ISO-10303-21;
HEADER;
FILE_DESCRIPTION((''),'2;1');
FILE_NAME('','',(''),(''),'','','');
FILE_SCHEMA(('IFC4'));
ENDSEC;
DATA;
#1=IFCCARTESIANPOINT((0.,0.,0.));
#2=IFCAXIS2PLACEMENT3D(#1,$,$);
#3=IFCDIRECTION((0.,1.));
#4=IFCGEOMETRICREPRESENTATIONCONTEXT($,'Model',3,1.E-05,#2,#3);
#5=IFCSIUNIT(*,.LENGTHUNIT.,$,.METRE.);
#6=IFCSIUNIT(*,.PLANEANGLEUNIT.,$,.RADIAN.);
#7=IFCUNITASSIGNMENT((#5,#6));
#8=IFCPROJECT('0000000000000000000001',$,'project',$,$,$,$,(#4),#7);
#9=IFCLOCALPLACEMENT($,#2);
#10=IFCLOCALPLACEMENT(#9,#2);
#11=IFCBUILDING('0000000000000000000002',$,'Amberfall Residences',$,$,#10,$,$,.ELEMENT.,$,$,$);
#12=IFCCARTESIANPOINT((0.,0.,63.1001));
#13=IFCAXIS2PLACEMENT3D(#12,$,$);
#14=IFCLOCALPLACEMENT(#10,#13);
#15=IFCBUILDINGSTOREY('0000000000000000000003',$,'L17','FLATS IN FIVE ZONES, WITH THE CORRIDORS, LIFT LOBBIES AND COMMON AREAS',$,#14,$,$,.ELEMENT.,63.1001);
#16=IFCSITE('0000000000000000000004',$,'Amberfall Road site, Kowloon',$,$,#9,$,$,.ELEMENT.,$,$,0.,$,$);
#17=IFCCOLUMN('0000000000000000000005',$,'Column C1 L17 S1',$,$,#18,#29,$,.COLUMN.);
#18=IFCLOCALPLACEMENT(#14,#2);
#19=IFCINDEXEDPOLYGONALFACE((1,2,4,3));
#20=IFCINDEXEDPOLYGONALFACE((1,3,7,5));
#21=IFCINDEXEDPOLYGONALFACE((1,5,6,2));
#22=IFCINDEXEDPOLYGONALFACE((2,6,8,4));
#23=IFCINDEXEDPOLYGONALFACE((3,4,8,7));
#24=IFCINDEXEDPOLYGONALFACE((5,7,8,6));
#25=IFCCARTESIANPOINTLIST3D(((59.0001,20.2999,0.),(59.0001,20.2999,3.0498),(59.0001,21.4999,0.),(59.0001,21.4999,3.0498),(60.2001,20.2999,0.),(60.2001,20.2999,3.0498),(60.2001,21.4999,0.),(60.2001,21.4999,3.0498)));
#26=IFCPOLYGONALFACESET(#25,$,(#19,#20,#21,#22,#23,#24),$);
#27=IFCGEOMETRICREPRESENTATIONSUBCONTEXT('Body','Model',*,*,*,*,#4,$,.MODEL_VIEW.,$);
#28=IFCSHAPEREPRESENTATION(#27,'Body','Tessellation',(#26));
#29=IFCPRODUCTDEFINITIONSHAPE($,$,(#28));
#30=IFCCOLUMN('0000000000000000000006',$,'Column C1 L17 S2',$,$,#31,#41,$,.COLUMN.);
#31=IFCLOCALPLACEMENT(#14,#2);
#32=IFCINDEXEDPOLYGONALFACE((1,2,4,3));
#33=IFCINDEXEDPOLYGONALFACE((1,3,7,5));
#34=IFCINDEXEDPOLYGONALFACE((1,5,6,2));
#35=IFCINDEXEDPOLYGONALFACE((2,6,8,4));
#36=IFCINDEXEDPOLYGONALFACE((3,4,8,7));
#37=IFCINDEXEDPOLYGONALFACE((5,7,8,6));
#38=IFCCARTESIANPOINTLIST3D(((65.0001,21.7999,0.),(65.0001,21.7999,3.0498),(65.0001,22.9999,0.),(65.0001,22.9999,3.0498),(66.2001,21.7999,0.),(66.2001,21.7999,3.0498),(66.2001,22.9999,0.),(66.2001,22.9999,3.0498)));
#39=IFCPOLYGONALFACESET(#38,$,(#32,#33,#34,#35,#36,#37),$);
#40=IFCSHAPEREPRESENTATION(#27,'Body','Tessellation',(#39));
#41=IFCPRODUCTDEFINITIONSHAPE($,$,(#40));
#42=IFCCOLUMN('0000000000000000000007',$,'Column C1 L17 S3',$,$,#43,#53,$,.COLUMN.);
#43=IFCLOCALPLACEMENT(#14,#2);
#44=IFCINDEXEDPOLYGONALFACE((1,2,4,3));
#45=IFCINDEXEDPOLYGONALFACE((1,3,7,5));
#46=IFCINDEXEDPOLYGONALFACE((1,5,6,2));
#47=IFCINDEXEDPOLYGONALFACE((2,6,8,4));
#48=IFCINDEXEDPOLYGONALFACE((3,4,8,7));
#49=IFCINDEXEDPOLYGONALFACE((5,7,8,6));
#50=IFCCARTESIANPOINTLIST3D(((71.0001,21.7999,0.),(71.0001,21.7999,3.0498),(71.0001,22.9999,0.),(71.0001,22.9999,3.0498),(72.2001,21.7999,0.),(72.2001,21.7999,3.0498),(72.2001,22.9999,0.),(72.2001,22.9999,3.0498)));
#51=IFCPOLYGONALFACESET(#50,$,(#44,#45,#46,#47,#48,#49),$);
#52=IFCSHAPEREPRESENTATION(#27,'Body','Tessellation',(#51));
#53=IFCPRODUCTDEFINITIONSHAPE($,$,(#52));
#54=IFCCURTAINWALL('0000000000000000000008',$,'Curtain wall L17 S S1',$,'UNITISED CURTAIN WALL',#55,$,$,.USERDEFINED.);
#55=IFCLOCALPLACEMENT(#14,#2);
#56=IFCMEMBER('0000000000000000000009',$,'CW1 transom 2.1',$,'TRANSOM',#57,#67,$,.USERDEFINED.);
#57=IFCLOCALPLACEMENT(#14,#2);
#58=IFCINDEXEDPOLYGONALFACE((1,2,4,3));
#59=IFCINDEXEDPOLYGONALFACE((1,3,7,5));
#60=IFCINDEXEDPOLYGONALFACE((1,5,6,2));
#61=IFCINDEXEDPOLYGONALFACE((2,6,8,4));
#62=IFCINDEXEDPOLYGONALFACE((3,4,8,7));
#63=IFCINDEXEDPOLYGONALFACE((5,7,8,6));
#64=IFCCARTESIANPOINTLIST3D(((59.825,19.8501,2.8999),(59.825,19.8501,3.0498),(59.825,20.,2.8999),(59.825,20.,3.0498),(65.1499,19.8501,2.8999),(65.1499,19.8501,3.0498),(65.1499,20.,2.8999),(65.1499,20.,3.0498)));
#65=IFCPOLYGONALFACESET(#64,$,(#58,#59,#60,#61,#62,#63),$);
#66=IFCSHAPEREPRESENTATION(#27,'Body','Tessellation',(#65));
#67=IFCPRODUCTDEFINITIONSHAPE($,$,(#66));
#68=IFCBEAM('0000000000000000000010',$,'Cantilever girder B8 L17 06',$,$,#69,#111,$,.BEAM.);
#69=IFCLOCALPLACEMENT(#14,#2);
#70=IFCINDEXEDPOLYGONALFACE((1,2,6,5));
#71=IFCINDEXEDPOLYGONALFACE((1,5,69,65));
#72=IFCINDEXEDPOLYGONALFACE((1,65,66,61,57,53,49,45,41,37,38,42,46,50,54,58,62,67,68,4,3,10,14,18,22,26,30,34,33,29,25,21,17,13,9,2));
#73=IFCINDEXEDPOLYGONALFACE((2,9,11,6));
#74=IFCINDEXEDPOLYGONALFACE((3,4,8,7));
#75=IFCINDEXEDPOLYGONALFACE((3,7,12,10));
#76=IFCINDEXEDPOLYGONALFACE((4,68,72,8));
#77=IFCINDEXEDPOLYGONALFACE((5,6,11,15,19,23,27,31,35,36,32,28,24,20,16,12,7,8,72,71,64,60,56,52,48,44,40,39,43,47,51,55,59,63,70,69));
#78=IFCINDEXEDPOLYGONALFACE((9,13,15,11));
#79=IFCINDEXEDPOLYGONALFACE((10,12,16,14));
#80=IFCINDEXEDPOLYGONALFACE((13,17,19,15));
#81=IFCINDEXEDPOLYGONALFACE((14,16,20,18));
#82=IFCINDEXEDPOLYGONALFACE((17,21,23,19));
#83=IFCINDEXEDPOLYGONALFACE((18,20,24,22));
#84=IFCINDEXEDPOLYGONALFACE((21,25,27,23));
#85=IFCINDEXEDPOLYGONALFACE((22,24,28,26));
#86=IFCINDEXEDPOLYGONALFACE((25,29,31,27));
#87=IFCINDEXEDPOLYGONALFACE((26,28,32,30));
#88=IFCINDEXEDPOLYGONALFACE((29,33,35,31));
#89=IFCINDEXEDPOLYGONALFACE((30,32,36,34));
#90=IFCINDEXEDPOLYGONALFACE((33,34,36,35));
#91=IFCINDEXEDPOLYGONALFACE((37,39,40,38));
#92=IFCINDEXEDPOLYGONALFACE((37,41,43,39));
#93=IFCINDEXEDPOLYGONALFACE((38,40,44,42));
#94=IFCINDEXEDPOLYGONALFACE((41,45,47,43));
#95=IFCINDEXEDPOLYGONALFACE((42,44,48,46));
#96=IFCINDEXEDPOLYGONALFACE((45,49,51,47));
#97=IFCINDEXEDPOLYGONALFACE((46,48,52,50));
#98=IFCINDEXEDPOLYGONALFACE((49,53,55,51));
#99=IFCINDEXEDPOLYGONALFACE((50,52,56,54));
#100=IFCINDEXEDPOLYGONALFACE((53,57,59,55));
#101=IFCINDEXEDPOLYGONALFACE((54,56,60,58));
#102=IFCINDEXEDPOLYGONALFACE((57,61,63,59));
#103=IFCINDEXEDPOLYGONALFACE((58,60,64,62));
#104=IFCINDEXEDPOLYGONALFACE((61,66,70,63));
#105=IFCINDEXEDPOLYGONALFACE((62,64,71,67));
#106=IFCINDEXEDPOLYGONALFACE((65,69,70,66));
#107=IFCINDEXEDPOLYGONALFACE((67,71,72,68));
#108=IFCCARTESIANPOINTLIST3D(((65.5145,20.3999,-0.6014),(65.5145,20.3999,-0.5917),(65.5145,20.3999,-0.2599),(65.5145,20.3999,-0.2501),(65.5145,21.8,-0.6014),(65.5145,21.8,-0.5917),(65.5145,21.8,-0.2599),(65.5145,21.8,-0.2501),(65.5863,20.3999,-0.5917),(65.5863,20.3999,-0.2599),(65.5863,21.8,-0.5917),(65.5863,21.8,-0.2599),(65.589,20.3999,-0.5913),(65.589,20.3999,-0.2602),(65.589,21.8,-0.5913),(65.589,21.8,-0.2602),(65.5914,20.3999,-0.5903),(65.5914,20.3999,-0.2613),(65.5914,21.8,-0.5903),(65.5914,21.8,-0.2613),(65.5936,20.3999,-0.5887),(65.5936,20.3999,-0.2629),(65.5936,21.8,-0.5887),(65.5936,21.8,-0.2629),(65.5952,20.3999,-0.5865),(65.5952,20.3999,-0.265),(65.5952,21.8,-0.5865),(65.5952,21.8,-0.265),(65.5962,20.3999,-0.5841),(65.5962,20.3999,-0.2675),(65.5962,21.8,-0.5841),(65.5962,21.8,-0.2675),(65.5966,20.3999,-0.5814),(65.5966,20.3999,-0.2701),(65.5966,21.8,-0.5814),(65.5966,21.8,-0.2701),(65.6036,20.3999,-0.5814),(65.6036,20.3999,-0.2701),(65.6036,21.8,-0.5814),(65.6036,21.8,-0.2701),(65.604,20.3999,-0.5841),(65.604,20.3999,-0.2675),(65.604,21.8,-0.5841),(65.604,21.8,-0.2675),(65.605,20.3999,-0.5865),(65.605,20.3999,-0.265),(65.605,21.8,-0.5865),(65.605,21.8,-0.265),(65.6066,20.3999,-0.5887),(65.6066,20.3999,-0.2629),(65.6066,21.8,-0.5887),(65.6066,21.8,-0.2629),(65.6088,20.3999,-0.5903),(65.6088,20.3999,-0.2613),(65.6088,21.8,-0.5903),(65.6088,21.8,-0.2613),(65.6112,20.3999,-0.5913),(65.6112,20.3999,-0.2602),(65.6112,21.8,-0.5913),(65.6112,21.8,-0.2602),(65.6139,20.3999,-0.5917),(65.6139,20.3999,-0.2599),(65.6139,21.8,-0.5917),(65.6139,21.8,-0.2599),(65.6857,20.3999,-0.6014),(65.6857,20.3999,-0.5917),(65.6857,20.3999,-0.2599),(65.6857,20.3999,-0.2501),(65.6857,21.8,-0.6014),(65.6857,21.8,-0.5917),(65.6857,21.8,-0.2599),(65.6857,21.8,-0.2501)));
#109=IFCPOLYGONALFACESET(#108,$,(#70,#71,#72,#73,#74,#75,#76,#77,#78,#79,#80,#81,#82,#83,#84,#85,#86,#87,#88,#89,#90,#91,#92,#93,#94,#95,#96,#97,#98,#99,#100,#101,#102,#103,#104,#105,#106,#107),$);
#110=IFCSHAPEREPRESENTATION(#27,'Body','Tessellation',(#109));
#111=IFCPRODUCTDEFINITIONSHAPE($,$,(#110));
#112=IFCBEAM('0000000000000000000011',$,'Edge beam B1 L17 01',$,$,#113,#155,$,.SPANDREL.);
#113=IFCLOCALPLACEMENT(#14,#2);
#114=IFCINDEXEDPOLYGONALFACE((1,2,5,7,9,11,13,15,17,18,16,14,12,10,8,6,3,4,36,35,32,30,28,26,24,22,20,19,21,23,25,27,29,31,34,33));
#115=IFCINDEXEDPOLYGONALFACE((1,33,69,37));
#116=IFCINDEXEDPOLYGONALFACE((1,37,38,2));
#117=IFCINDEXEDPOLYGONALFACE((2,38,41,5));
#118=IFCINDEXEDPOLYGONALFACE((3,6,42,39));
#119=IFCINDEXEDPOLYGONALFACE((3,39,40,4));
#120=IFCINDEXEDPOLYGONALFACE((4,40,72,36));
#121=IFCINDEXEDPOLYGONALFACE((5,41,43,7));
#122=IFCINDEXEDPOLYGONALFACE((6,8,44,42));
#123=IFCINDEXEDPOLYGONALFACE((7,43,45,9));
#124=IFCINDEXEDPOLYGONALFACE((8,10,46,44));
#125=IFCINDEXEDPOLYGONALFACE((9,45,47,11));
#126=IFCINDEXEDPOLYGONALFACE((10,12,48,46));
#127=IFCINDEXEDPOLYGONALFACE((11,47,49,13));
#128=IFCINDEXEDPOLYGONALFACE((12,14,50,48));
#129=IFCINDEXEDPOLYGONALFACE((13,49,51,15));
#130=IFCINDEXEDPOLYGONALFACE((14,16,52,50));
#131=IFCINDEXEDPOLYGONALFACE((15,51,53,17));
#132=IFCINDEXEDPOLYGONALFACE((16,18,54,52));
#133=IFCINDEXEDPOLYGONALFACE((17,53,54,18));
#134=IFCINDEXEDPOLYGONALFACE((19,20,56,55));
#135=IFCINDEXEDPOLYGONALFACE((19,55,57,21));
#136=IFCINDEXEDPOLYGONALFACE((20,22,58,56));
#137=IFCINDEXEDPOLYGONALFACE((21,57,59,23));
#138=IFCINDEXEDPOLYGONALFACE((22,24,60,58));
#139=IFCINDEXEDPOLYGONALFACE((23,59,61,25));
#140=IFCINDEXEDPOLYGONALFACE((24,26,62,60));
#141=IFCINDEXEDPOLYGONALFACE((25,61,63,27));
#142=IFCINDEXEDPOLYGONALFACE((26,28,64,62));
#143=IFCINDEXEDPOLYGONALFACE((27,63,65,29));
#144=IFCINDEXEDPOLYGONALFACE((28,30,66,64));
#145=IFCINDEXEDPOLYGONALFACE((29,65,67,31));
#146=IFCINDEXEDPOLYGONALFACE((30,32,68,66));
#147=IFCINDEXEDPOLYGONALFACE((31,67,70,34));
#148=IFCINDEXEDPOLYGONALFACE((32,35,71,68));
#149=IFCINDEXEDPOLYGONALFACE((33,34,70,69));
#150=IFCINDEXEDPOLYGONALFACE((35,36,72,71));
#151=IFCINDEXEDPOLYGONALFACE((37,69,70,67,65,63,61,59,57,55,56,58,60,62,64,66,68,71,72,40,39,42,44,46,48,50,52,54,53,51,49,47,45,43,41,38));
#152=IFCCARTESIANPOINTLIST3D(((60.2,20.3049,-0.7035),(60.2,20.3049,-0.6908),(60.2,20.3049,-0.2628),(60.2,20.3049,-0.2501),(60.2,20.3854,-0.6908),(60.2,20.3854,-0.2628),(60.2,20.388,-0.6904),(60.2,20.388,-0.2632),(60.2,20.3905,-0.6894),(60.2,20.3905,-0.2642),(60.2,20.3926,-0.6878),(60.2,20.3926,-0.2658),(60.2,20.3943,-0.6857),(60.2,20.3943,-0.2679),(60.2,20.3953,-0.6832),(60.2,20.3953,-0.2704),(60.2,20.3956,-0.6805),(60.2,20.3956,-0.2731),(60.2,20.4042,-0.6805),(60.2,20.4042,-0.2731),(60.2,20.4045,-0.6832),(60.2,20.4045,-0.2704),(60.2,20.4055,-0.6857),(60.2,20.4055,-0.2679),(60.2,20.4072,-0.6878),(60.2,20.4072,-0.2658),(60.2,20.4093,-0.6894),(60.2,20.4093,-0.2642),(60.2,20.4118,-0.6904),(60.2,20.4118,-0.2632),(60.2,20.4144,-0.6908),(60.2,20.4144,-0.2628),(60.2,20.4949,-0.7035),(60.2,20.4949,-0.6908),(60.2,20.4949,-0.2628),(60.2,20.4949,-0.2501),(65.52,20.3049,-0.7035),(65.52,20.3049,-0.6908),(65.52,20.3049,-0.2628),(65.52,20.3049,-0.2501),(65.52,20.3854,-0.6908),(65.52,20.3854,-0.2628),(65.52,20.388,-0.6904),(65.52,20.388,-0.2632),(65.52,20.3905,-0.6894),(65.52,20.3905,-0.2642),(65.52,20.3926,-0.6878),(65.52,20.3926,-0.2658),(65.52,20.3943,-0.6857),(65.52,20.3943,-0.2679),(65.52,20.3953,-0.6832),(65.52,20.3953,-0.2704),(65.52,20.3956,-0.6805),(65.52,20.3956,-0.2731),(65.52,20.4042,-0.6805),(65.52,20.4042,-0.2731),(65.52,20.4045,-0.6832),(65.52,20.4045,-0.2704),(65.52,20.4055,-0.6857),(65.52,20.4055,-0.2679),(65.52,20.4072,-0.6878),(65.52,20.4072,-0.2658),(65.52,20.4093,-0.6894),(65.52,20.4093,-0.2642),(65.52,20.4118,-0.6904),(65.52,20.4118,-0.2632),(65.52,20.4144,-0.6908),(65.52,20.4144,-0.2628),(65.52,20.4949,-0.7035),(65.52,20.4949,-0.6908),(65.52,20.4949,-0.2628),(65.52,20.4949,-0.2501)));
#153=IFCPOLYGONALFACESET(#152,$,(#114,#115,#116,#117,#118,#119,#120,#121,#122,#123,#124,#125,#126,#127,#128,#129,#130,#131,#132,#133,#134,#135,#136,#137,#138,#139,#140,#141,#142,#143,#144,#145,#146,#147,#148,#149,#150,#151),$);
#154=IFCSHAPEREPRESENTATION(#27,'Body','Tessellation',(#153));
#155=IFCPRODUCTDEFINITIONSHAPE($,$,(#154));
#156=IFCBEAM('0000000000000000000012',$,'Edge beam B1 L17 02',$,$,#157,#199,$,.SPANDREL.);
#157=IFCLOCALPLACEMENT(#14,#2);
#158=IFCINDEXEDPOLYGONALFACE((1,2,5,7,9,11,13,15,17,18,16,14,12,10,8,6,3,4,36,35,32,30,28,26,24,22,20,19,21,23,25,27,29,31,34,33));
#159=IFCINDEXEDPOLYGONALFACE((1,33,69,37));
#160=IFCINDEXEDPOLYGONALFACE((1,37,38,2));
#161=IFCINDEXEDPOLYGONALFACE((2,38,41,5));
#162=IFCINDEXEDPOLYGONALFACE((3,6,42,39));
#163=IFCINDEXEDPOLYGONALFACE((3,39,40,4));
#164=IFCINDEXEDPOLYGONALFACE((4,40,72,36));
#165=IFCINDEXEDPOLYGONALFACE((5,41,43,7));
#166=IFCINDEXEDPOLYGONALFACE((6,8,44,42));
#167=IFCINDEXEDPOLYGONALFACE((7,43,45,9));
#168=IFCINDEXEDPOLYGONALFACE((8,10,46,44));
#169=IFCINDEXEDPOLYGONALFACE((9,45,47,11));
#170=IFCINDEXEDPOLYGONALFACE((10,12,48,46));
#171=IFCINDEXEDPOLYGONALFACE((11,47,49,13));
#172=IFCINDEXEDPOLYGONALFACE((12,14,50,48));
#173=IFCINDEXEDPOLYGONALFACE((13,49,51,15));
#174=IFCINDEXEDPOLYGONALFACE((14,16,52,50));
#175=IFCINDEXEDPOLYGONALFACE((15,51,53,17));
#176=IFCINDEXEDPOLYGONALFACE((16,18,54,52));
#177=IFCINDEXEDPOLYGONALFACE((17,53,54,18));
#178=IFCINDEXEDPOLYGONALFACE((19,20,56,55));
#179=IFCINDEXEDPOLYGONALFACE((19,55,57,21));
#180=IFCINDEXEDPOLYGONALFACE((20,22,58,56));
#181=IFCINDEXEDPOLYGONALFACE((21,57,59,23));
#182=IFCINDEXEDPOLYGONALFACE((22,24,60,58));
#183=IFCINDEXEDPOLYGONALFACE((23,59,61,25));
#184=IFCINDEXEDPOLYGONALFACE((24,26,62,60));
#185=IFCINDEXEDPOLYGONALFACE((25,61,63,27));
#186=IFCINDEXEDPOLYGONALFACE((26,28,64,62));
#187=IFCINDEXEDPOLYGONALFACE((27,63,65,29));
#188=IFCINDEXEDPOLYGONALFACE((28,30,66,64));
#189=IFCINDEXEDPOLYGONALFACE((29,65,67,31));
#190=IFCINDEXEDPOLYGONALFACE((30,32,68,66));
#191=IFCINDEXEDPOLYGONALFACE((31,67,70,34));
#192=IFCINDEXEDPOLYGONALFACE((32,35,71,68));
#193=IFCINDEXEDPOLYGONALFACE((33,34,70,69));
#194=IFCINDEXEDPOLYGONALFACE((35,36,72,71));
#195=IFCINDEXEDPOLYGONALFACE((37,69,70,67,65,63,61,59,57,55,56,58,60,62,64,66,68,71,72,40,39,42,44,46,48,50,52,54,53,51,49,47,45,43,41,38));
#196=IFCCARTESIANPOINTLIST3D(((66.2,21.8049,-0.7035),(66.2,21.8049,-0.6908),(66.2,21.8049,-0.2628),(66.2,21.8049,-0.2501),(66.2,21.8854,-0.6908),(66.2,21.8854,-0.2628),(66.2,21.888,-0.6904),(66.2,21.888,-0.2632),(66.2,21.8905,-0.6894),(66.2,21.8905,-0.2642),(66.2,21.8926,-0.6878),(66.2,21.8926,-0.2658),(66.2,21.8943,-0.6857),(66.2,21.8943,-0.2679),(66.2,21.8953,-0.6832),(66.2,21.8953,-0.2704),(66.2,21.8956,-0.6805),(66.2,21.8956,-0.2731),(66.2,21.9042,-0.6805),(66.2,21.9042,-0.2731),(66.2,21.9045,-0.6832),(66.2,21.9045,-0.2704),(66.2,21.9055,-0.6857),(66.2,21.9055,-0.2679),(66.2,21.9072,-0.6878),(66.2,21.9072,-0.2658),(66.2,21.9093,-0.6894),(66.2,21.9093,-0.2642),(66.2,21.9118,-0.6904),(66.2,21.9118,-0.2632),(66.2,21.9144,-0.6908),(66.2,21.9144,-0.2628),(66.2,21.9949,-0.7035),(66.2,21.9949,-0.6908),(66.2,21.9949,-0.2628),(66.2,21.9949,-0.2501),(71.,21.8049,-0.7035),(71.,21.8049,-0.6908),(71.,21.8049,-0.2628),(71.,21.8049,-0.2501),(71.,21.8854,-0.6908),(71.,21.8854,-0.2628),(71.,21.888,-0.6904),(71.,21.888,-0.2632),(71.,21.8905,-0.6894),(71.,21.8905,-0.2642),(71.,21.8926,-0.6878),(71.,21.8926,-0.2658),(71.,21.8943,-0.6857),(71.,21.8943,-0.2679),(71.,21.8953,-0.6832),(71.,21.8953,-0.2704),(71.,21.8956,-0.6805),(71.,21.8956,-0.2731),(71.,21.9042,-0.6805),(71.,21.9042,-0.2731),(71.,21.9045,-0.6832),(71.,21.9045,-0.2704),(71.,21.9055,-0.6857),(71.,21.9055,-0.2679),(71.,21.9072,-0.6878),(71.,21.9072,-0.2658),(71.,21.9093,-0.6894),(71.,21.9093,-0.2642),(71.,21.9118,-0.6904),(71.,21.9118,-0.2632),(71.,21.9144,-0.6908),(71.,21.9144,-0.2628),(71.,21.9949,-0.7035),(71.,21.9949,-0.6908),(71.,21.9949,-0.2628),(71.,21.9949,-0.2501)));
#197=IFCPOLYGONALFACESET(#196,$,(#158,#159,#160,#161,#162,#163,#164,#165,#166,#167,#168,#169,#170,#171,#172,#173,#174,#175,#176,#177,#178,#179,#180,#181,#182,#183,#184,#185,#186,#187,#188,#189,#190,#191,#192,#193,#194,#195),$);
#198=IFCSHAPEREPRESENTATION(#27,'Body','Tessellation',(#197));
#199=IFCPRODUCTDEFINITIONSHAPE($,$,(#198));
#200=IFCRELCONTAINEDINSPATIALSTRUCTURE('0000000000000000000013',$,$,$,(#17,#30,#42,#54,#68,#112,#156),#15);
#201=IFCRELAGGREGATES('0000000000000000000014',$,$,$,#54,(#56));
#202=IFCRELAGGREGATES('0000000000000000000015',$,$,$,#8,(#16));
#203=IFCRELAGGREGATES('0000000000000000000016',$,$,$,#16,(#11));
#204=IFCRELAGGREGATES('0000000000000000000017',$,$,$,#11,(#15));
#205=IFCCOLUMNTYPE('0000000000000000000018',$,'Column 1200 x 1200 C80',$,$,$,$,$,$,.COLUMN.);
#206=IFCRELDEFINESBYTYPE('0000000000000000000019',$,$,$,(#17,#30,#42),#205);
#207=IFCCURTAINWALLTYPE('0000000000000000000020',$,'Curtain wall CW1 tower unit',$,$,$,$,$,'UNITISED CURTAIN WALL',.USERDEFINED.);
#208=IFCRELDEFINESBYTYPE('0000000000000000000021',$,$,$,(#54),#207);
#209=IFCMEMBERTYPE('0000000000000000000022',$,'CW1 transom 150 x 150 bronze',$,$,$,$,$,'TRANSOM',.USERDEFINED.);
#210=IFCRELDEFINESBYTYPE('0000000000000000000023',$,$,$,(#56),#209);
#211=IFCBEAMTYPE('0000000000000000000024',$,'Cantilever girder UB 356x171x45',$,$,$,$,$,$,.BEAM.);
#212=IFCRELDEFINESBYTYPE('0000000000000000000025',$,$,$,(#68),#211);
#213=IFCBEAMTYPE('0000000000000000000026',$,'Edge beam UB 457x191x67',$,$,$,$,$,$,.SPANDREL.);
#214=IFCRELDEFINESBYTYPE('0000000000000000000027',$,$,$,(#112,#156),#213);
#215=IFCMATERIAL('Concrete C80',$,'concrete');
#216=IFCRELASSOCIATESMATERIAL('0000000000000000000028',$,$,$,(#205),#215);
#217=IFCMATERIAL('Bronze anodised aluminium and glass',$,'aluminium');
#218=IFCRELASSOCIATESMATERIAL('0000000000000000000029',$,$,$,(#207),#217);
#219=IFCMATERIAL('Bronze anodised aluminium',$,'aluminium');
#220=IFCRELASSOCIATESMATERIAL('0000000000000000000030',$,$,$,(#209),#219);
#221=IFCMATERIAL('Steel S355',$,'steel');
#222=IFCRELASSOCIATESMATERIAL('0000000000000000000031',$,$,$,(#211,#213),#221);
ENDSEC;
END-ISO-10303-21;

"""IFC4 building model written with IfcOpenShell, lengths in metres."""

from ifc_helpers import new_model, si_unit, direction, frame, origin, origin_2d, place, context, subcontext, project, spatial, rectangle, i_section, extrude, material, material_profile, profile_set, type_object, element, aggregate, save


model = new_model("IFC4")

# Units and contexts
model_context = context("Model", 3, precision=1e-05, world=origin(), true_north=direction((0.0, 1.0)))
body_context = subcontext(model_context, "Body", "Model", "MODEL_VIEW")
ifc_project = project(units=[si_unit("LENGTHUNIT", "METRE"), si_unit("PLANEANGLEUNIT", "RADIAN")], contexts=[model_context])

# Site, building, storey
site_placement = place(None, origin())
site = spatial("IfcSite", under=ifc_project, at=site_placement, Name="Amberfall Road site, Kowloon", CompositionType="ELEMENT", RefElevation=0.0)
building_placement = place(site_placement, origin())
building = spatial("IfcBuilding", under=site, at=building_placement, Name="Amberfall Residences", CompositionType="ELEMENT")
storey_placement = place(building_placement, frame((0.0, 0.0, 63.1001)))
storey = spatial("IfcBuildingStorey", under=building, at=storey_placement, Name="L17", Description="FLATS IN FIVE ZONES, WITH THE CORRIDORS, LIFT LOBBIES AND COMMON AREAS", CompositionType="ELEMENT", Elevation=63.1001)

# Columns
ifc_material_1 = material(Name="Concrete C80", Category="concrete")
ifc_material_profile_1 = material_profile(ifc_material_1, rectangle(XDim=1.2, YDim=1.2, at=origin_2d()), Name="Column 1200 x 1200 C80")
ifc_profile_set_1 = profile_set([ifc_material_profile_1], Name="Concrete C80")
column_type = type_object("IfcColumnType", Name="Column 1200 x 1200 C80", PredefinedType="COLUMN", material=ifc_profile_set_1)
for number, where, z_axis, x_axis, name in (
    (1, (59.6001, 20.8999, 0.0), (0.0, 0.0, 1.0), (1.0, 0.0, 0.0), "Column C1 L17 S1"),
    (2, (65.6001, 22.3999, 0.0), (0.0, 0.0, 1.0), (1.0, 0.0, 0.0), "Column C1 L17 S2"),
    (3, (71.6001, 22.3999, 0.0), (0.0, 0.0, 1.0), (1.0, 0.0, 0.0), "Column C1 L17 S3"),
):
    element("IfcColumn", number, at=place(storey_placement, frame(where, z_axis=z_axis, x_axis=x_axis)), inside=storey, type_object=column_type, Name=name, PredefinedType="COLUMN", context=body_context, shape_type="SweptSolid", body=[
        extrude(rectangle(XDim=1.2, YDim=1.2, at=origin_2d()), origin(), (0.0, 0.0, 1.0), 3.0498),
    ])

# Curtain wall, member
ifc_material_2 = material(Name="Bronze anodised aluminium and glass", Category="aluminium")
curtain_wall_type = type_object("IfcCurtainWallType", Name="Curtain wall CW1 tower unit", ElementType="UNITISED CURTAIN WALL", PredefinedType="USERDEFINED", material=ifc_material_2)
curtain_wall_placement = place(storey_placement, origin())
curtain_wall = element("IfcCurtainWall", 4, at=curtain_wall_placement, inside=storey, type_object=curtain_wall_type, Name="Curtain wall L17 S S1", ObjectType="UNITISED CURTAIN WALL", PredefinedType="USERDEFINED")
ifc_material_3 = material(Name="Bronze anodised aluminium", Category="aluminium")
ifc_material_profile_2 = material_profile(ifc_material_3, rectangle(XDim=0.1499, YDim=0.1499, at=origin_2d()), Name="CW1 transom 150 x 150 bronze")
ifc_profile_set_2 = profile_set([ifc_material_profile_2], Name="Bronze anodised aluminium")
member_type_1 = type_object("IfcMemberType", Name="CW1 transom 150 x 150 bronze", ElementType="TRANSOM", PredefinedType="USERDEFINED", material=ifc_profile_set_2)
member_1_placement = place(storey_placement, frame((59.825, 19.925, 2.9749), z_axis=(1.0, 0.0, 0.0), x_axis=(0.0, 1.0, 0.0)))
member_1 = element("IfcMember", 5, at=member_1_placement, type_object=member_type_1, Name="CW1 transom 2.1", ObjectType="TRANSOM", PredefinedType="USERDEFINED", context=body_context, shape_type="SweptSolid", body=[
    extrude(rectangle(XDim=0.1499, YDim=0.1499, at=origin_2d()), origin(), (0.0, 0.0, 1.0), 5.325),
])

# Beams
ifc_material_4 = material(Name="Steel S355", Category="steel")
ifc_material_profile_3 = material_profile(ifc_material_4, i_section(OverallWidth=0.1711, OverallDepth=0.3513, WebThickness=0.0071, FlangeThickness=0.0098, FilletRadius=0.0103, at=origin_2d()), Name="UB 356x171x45")
ifc_profile_set_3 = profile_set([ifc_material_profile_3], Name="Steel S355")
beam_type_1 = type_object("IfcBeamType", Name="Cantilever girder UB 356x171x45", PredefinedType="BEAM", material=ifc_profile_set_3)
beam_1_placement = place(storey_placement, frame((65.6001, 21.8, -0.4258), z_axis=(0.0, -1.0, 0.0), x_axis=(1.0, 0.0, 0.0)))
element("IfcBeam", 6, at=beam_1_placement, inside=storey, type_object=beam_type_1, Name="Cantilever girder B8 L17 06", PredefinedType="BEAM", context=body_context, shape_type="SweptSolid", body=[
    extrude(i_section(OverallWidth=0.1711, OverallDepth=0.3513, WebThickness=0.0071, FlangeThickness=0.0098, FilletRadius=0.0103, at=origin_2d()), origin(), (0.0, 0.0, 1.0), 1.4001),
])
ifc_material_profile_4 = material_profile(ifc_material_4, i_section(OverallWidth=0.1899, OverallDepth=0.4534, WebThickness=0.0085, FlangeThickness=0.0127, FilletRadius=0.0103, at=origin_2d()), Name="UB 457x191x67")
ifc_profile_set_4 = profile_set([ifc_material_profile_4], Name="Steel S355")
beam_type_2 = type_object("IfcBeamType", Name="Edge beam UB 457x191x67", PredefinedType="SPANDREL", material=ifc_profile_set_4)
beam_2_placement = place(storey_placement, frame((60.2, 20.3999, -0.4768), z_axis=(1.0, 0.0, 0.0), x_axis=(0.0, 1.0, 0.0)))
element("IfcBeam", 7, at=beam_2_placement, inside=storey, type_object=beam_type_2, Name="Edge beam B1 L17 01", PredefinedType="SPANDREL", context=body_context, shape_type="SweptSolid", body=[
    extrude(i_section(OverallWidth=0.1899, OverallDepth=0.4534, WebThickness=0.0085, FlangeThickness=0.0127, FilletRadius=0.0103, at=origin_2d()), origin(), (0.0, 0.0, 1.0), 5.3201),
])
beam_3_placement = place(storey_placement, frame((66.2, 21.8999, -0.4768), z_axis=(1.0, 0.0, 0.0), x_axis=(0.0, 1.0, 0.0)))
element("IfcBeam", 8, at=beam_3_placement, inside=storey, type_object=beam_type_2, Name="Edge beam B1 L17 02", PredefinedType="SPANDREL", context=body_context, shape_type="SweptSolid", body=[
    extrude(i_section(OverallWidth=0.1899, OverallDepth=0.4534, WebThickness=0.0085, FlangeThickness=0.0127, FilletRadius=0.0103, at=origin_2d()), origin(), (0.0, 0.0, 1.0), 4.8),
])

aggregate(curtain_wall, [member_1])

save(model, "model.ifc")
